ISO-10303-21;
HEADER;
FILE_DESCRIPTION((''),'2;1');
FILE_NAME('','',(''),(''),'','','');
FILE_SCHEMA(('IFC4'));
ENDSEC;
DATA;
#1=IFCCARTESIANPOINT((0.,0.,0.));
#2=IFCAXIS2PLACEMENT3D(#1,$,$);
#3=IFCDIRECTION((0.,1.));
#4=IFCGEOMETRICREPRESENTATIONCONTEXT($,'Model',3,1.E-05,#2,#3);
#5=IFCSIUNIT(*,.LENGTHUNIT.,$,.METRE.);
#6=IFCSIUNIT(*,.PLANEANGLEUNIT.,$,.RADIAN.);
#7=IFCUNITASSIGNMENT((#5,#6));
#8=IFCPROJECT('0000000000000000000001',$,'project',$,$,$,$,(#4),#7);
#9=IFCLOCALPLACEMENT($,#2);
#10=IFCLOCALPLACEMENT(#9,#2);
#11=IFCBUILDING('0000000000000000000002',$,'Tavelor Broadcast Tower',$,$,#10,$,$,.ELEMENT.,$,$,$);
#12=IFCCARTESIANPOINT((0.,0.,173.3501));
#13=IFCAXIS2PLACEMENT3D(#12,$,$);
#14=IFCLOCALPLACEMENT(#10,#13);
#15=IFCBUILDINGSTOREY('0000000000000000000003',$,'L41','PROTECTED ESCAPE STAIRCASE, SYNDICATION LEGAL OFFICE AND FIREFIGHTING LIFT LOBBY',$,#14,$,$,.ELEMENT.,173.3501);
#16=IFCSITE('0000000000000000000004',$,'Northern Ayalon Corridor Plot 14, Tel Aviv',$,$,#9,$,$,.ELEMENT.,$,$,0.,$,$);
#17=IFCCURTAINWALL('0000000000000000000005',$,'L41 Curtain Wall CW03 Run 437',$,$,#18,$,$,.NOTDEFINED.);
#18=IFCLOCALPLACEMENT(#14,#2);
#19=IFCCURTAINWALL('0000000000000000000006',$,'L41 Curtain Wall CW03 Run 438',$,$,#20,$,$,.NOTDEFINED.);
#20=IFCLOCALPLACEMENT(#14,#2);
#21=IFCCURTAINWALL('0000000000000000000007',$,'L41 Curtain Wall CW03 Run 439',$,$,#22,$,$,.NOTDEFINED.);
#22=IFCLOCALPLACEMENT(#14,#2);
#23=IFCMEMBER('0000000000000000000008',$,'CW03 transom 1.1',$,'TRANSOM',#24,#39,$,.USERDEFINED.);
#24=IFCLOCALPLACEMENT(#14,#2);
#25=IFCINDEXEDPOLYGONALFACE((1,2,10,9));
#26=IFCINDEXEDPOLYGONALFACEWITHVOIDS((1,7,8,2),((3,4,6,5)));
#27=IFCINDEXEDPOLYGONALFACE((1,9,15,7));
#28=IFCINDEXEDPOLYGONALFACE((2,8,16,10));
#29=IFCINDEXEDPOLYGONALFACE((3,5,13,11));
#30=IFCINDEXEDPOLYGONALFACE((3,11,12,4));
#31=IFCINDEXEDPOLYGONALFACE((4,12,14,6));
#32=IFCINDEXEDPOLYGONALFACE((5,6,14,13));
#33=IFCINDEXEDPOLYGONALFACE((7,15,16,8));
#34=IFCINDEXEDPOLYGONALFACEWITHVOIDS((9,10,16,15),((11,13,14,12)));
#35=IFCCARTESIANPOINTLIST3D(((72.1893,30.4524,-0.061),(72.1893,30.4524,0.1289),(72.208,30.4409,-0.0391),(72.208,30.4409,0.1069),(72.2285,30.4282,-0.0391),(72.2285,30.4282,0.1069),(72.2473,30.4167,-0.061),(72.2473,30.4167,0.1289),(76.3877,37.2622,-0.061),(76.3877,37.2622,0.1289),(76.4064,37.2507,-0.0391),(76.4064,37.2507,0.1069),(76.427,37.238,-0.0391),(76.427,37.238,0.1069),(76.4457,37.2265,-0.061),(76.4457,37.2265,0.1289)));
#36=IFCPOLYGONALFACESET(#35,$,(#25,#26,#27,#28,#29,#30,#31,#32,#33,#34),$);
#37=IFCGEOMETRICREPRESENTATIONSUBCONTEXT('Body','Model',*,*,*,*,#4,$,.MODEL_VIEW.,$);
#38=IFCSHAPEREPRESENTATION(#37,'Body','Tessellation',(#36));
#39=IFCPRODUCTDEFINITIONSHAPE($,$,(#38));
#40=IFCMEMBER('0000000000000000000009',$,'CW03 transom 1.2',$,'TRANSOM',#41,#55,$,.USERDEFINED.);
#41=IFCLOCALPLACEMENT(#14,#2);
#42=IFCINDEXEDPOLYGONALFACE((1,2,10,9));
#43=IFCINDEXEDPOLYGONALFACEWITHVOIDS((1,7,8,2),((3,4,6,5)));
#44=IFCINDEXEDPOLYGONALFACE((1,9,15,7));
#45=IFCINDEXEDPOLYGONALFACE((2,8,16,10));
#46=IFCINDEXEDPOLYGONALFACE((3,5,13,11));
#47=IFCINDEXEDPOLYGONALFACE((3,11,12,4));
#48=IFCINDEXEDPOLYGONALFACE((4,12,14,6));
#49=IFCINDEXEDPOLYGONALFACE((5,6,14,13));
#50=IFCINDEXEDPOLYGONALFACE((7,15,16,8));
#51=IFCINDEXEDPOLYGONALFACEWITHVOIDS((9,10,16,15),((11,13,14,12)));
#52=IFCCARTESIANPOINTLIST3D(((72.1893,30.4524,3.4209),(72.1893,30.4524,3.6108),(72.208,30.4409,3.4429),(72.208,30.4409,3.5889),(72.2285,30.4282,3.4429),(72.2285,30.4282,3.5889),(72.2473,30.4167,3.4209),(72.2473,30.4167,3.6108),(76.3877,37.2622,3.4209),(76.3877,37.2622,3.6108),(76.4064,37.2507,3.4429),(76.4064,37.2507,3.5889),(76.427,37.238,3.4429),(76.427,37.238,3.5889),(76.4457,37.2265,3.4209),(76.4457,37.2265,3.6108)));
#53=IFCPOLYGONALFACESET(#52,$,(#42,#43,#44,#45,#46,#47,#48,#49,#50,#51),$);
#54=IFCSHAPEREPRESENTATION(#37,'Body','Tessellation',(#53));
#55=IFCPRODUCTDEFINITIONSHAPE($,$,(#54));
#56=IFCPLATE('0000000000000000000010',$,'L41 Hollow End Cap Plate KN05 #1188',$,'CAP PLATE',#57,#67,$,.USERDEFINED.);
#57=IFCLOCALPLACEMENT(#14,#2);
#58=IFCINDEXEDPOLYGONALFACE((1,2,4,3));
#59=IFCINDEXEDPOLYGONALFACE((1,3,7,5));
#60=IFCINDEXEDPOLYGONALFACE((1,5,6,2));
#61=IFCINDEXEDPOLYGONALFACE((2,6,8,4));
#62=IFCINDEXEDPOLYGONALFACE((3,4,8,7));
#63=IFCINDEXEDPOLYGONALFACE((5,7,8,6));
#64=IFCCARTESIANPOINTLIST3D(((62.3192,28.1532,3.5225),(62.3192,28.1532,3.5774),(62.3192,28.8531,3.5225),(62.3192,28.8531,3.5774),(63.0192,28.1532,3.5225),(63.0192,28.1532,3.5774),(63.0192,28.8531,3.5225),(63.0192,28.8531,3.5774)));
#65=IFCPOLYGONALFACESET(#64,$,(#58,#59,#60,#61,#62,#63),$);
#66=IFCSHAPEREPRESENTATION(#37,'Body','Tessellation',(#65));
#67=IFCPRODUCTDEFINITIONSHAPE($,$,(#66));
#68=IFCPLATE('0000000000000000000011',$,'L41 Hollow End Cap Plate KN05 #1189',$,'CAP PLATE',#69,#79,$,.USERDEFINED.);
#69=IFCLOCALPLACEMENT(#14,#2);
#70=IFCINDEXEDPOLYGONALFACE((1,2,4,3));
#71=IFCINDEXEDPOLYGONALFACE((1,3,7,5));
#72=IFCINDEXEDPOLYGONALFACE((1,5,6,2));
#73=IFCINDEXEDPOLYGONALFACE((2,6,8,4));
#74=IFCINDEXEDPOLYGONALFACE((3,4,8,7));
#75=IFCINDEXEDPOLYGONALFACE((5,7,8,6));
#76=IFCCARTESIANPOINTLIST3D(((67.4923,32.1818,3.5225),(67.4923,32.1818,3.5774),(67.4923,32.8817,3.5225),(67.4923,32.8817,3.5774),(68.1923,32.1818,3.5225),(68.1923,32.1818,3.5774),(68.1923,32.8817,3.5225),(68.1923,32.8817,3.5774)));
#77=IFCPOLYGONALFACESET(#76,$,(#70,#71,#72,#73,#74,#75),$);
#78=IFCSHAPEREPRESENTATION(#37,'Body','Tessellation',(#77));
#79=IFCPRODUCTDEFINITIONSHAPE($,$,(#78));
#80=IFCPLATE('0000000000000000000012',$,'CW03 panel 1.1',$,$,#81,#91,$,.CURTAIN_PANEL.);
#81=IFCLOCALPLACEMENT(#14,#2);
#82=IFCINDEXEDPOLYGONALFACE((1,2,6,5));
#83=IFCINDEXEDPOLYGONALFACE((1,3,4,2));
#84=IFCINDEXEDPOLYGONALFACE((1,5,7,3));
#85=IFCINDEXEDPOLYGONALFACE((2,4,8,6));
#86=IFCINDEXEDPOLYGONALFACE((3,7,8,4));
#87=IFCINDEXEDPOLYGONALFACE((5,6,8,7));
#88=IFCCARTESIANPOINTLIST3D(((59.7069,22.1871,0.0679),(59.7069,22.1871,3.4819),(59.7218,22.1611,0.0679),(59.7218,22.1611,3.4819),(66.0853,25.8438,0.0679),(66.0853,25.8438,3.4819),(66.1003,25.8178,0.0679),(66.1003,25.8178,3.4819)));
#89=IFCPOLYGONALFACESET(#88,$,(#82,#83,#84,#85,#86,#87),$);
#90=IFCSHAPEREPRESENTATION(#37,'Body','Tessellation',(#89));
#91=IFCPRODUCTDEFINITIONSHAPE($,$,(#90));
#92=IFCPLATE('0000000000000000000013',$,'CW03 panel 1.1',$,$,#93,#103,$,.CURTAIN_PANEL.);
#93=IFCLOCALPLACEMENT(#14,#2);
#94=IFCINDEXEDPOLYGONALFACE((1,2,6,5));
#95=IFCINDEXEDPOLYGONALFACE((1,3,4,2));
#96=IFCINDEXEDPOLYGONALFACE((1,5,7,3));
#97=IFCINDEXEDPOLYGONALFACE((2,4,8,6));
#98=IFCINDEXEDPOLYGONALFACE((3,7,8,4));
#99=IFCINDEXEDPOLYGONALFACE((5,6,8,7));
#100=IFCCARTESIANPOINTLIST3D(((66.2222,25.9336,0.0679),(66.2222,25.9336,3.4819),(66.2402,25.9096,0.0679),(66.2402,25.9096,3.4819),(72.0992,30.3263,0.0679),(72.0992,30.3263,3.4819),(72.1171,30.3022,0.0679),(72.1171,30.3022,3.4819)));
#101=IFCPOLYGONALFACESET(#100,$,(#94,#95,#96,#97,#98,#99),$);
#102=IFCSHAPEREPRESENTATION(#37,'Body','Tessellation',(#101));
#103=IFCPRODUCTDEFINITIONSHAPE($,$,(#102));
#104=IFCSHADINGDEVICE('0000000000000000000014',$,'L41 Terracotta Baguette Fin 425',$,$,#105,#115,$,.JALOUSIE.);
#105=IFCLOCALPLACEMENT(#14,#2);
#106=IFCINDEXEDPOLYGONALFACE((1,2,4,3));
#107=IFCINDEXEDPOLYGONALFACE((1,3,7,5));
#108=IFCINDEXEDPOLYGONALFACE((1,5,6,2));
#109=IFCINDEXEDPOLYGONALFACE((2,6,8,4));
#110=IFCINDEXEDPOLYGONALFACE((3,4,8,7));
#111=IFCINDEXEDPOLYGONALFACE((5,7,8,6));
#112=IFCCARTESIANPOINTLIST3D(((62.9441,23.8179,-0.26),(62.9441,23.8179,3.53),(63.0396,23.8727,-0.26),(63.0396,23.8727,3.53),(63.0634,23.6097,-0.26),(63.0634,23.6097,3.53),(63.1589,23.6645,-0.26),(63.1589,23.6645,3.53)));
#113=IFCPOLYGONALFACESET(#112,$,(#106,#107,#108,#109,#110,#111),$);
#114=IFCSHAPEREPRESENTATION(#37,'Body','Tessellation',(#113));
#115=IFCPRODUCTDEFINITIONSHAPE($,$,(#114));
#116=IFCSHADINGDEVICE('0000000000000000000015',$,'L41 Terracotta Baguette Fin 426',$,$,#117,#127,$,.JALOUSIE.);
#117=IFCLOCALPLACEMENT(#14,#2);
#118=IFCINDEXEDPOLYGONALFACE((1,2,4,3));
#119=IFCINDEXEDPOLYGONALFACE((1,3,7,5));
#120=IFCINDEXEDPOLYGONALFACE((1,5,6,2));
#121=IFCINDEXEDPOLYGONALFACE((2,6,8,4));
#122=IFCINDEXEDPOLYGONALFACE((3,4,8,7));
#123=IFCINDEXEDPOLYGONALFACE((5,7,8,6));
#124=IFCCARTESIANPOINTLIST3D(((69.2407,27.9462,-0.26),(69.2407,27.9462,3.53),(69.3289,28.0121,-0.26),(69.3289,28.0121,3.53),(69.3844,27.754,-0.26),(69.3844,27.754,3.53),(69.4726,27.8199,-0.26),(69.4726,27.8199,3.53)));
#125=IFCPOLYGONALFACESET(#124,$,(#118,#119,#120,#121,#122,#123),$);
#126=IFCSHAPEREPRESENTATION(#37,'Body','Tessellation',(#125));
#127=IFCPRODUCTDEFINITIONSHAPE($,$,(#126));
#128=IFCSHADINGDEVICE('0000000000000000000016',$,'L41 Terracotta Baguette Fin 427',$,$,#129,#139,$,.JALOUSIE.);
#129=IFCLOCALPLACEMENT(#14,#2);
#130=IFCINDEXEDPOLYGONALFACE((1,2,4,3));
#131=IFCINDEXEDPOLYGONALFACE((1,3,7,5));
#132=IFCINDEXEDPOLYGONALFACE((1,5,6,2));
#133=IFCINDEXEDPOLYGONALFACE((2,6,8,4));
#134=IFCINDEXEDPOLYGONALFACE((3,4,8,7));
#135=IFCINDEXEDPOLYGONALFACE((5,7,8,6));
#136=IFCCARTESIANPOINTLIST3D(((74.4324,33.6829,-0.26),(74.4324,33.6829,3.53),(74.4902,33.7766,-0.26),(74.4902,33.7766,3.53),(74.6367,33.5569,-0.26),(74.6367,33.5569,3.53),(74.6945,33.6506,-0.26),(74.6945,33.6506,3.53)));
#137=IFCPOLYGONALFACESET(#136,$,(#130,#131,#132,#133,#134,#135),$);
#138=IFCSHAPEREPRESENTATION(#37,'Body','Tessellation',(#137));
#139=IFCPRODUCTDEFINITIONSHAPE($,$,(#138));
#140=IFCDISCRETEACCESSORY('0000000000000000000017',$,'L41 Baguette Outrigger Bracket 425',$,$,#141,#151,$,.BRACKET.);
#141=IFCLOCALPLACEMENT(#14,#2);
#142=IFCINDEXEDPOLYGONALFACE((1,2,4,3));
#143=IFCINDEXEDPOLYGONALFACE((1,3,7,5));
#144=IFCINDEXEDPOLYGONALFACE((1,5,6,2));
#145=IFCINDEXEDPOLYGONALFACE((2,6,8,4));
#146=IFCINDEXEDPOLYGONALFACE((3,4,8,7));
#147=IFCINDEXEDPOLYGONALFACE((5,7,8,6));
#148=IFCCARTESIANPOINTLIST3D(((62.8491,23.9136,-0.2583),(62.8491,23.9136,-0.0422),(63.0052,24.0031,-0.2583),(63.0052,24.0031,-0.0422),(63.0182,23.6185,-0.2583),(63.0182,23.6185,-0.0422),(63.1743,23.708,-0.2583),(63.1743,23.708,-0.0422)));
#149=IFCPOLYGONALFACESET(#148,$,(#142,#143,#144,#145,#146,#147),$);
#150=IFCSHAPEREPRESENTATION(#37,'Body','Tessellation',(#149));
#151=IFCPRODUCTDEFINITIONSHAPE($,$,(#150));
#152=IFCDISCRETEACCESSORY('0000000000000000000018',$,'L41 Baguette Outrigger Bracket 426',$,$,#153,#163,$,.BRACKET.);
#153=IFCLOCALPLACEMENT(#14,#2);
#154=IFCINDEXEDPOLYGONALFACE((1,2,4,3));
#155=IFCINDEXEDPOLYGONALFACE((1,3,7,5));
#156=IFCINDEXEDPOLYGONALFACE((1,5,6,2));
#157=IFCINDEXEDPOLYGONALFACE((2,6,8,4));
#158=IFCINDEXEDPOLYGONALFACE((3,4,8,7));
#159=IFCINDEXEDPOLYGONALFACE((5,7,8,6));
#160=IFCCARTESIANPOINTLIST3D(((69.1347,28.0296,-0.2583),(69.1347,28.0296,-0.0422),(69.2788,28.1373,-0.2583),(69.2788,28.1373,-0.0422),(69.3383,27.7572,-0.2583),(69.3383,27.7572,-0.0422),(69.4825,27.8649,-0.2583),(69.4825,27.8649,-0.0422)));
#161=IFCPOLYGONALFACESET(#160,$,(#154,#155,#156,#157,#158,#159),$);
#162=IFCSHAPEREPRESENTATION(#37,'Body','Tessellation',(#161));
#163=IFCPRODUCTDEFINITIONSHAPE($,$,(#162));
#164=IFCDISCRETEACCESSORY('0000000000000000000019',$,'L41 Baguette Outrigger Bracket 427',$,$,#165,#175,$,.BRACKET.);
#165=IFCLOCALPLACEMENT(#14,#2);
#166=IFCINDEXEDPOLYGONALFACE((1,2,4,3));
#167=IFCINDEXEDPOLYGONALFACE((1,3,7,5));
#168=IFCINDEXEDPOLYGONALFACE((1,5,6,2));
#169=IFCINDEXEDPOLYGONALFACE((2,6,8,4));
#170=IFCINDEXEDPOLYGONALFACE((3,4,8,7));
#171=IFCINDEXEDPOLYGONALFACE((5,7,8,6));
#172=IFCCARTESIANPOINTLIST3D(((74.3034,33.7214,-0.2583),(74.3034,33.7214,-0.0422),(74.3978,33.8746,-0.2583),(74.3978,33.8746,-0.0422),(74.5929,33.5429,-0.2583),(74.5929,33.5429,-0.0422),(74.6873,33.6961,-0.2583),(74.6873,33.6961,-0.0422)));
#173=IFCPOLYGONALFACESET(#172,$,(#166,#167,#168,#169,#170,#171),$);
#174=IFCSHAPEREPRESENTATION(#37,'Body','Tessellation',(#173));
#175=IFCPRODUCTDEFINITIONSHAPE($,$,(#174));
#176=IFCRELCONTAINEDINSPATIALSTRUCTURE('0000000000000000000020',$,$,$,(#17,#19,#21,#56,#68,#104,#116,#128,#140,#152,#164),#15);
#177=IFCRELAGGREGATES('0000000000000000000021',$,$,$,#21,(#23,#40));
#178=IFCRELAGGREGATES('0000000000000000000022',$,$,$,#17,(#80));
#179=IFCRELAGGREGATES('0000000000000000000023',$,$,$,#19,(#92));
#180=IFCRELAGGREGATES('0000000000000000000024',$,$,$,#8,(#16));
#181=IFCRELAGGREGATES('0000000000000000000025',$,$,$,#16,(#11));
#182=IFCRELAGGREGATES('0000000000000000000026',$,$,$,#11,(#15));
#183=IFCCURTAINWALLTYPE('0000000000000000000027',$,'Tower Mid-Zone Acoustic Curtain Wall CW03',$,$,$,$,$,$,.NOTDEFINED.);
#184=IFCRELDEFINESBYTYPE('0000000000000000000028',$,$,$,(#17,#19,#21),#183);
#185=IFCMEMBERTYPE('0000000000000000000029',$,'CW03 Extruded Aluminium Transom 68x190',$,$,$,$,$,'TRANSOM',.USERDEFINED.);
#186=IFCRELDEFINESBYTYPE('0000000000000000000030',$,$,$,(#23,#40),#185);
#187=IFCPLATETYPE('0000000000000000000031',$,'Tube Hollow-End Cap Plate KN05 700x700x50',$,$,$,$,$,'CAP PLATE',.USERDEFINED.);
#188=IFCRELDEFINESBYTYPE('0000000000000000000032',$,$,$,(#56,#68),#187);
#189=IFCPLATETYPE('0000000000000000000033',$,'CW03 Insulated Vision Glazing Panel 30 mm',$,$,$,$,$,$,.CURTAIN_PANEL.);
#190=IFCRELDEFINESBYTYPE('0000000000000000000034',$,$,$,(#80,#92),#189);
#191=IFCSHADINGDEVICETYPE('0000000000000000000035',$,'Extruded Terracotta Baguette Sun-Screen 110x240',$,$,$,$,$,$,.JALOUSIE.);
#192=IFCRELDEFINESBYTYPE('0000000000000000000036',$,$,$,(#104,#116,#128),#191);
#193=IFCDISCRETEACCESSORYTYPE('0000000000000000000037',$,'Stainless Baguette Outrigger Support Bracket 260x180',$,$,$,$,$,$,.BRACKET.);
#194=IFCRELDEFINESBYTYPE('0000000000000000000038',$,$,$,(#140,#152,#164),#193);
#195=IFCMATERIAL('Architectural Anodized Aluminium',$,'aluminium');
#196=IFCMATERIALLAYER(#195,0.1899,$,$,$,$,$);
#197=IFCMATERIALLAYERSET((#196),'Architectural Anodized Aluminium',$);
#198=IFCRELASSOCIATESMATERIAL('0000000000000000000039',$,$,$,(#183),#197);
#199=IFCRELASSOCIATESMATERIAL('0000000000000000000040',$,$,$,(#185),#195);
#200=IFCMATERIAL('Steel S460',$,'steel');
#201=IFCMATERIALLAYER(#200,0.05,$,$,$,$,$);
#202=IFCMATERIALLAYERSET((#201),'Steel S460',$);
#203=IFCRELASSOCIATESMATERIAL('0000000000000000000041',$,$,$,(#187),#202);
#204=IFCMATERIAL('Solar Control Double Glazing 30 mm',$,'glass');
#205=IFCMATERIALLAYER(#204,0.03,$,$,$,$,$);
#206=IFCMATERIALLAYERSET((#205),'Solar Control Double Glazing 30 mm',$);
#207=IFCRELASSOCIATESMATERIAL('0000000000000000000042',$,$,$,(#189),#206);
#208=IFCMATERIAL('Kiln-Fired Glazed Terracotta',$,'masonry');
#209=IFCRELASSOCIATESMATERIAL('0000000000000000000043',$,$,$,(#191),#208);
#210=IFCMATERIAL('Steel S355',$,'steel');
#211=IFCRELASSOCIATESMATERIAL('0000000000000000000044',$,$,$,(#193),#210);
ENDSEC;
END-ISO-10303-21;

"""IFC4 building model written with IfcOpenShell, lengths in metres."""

from ifc_helpers import new_model, si_unit, direction, frame, origin, origin_2d, place, context, subcontext, project, spatial, rectangle, hollow_rectangle, extrude, source, transform, mapped, material, layer, layer_set, material_profile, profile_set, type_object, type_shapes, element, aggregate, save


model = new_model("IFC4")

# Units and contexts
model_context = context("Model", 3, precision=1e-05, world=origin(), true_north=direction((0.0, 1.0)))
body_context = subcontext(model_context, "Body", "Model", "MODEL_VIEW")
ifc_project = project(units=[si_unit("LENGTHUNIT", "METRE"), si_unit("PLANEANGLEUNIT", "RADIAN")], contexts=[model_context])

# Site, building, storey
site_placement = place(None, origin())
site = spatial("IfcSite", under=ifc_project, at=site_placement, Name="Northern Ayalon Corridor Plot 14, Tel Aviv", CompositionType="ELEMENT", RefElevation=0.0)
building_placement = place(site_placement, origin())
building = spatial("IfcBuilding", under=site, at=building_placement, Name="Tavelor Broadcast Tower", CompositionType="ELEMENT")
storey_placement = place(building_placement, frame((0.0, 0.0, 173.3501)))
storey = spatial("IfcBuildingStorey", under=building, at=storey_placement, Name="L41", Description="PROTECTED ESCAPE STAIRCASE, SYNDICATION LEGAL OFFICE AND FIREFIGHTING LIFT LOBBY", CompositionType="ELEMENT", Elevation=173.3501)

# Shared definitions
ifc_material_1 = material(Name="Steel S460", Category="steel")

# Shared definitions
ifc_material_2 = material(Name="Steel S355", Category="steel")

# Curtain wall
ifc_material_3 = material(Name="Architectural Anodized Aluminium", Category="aluminium")
ifc_layer_1 = layer(ifc_material_3, 0.1899)
ifc_layer_set_1 = layer_set([ifc_layer_1], Name="Architectural Anodized Aluminium")
curtain_wall_type = type_object("IfcCurtainWallType", Name="Tower Mid-Zone Acoustic Curtain Wall CW03", PredefinedType="NOTDEFINED", material=ifc_layer_set_1)
curtain_wall_1_placement = place(storey_placement, origin())
curtain_wall_1 = element("IfcCurtainWall", 1, at=curtain_wall_1_placement, inside=storey, type_object=curtain_wall_type, Name="L41 Curtain Wall CW03 Run 437", PredefinedType="NOTDEFINED")

# Curtain wall
curtain_wall_2_placement = place(storey_placement, origin())
curtain_wall_2 = element("IfcCurtainWall", 2, at=curtain_wall_2_placement, inside=storey, type_object=curtain_wall_type, Name="L41 Curtain Wall CW03 Run 438", PredefinedType="NOTDEFINED")

# Curtain wall
curtain_wall_3_placement = place(storey_placement, origin())
curtain_wall_3 = element("IfcCurtainWall", 3, at=curtain_wall_3_placement, inside=storey, type_object=curtain_wall_type, Name="L41 Curtain Wall CW03 Run 439", PredefinedType="NOTDEFINED")

# Members
ifc_material_profile_1 = material_profile(ifc_material_3, hollow_rectangle(XDim=0.0681, YDim=0.1899, WallThickness=0.022, at=origin_2d()), Name="RHS 68x190x22")
ifc_profile_set_1 = profile_set([ifc_material_profile_1], Name="Architectural Anodized Aluminium")
member_type_1 = type_object("IfcMemberType", Name="CW03 Extruded Aluminium Transom 68x190", ElementType="TRANSOM", PredefinedType="USERDEFINED", material=ifc_profile_set_1)
shared_shape_1 = source(origin(), body_context, "Body", "SweptSolid", [
    extrude(hollow_rectangle(XDim=0.0681, YDim=0.1899, WallThickness=0.022, at=origin_2d()), origin(), (0.0, 0.0, 1.0), 8.0),
])
member_1_placement = place(storey_placement, frame((72.2183, 30.4346, 0.0339), z_axis=(0.524807, 0.851221, 0.0), x_axis=(-0.851221, 0.524807, 0.0)))
member_1 = element("IfcMember", 4, at=member_1_placement, type_object=member_type_1, Name="CW03 transom 1.1", ObjectType="TRANSOM", PredefinedType="USERDEFINED", context=body_context, shape_type="MappedRepresentation", body=[
    mapped(shared_shape_1, transform((0.0, 0.0, 0.0), scale=1.0)),
])
member_2_placement = place(storey_placement, frame((72.2183, 30.4346, 3.5159), z_axis=(0.524807, 0.851221, 0.0), x_axis=(-0.851221, 0.524807, 0.0)))
member_2 = element("IfcMember", 5, at=member_2_placement, type_object=member_type_1, Name="CW03 transom 1.2", ObjectType="TRANSOM", PredefinedType="USERDEFINED", context=body_context, shape_type="MappedRepresentation", body=[
    mapped(shared_shape_1, transform((0.0, 0.0, 0.0), scale=1.0)),
])
aggregate(curtain_wall_3, [member_1, member_2])

# Plates
ifc_layer_2 = layer(ifc_material_1, 0.05)
ifc_layer_set_2 = layer_set([ifc_layer_2], Name="Steel S460")
plate_type_1 = type_object("IfcPlateType", Name="Tube Hollow-End Cap Plate KN05 700x700x50", ElementType="CAP PLATE", PredefinedType="USERDEFINED", material=ifc_layer_set_2)
shared_shape_2 = source(origin(), body_context, "Body", "SweptSolid", [
    extrude(rectangle(XDim=0.7, YDim=0.7, at=origin_2d()), origin(), (0.0, 0.0, 1.0), 0.0549),
])
type_shapes(plate_type_1, [shared_shape_2])
for number, where, z_axis, x_axis, name in (
    (6, (62.6692, 28.5032, 3.5225), (0.0, 0.0, 1.0), (1.0, 0.0, 0.0), "L41 Hollow End Cap Plate KN05 #1188"),
    (7, (67.8423, 32.5317, 3.5225), (0.0, 0.0, 1.0), (1.0, 0.0, 0.0), "L41 Hollow End Cap Plate KN05 #1189"),
):
    element("IfcPlate", number, at=place(storey_placement, frame(where, z_axis=z_axis, x_axis=x_axis)), inside=storey, type_object=plate_type_1, Name=name, ObjectType="CAP PLATE", PredefinedType="USERDEFINED", context=body_context, shape_type="MappedRepresentation", body=[
        mapped(shared_shape_2, transform((0.0, 0.0, 0.0), scale=1.0)),
    ])

# Plates
ifc_material_4 = material(Name="Solar Control Double Glazing 30 mm", Category="glass")
ifc_layer_3 = layer(ifc_material_4, 0.03)
ifc_layer_set_3 = layer_set([ifc_layer_3], Name="Solar Control Double Glazing 30 mm")
plate_type_2 = type_object("IfcPlateType", Name="CW03 Insulated Vision Glazing Panel 30 mm", PredefinedType="CURTAIN_PANEL", material=ifc_layer_set_3)
shared_shape_3 = source(origin(), body_context, "Body", "SweptSolid", [
    extrude(rectangle(XDim=7.3523, YDim=0.03, at=origin_2d()), origin(), (0.0, 0.0, 1.0), 3.4141),
])
plate_1_placement = place(storey_placement, frame((62.9036, 24.0024, 0.0679), z_axis=(0.0, 0.0, 1.0), x_axis=(0.867548, 0.497354, 0.0)))
plate_1 = element("IfcPlate", 8, at=plate_1_placement, type_object=plate_type_2, Name="CW03 panel 1.1", PredefinedType="CURTAIN_PANEL", context=body_context, shape_type="MappedRepresentation", body=[
    mapped(shared_shape_3, transform((0.0, 0.0, 0.0), scale=1.0)),
])
aggregate(curtain_wall_1, [plate_1])
shared_shape_4 = source(origin(), body_context, "Body", "SweptSolid", [
    extrude(rectangle(XDim=7.3372, YDim=0.03, at=origin_2d()), origin(), (0.0, 0.0, 1.0), 3.4141),
])
type_shapes(plate_type_2, [shared_shape_3, shared_shape_4])
plate_2_placement = place(storey_placement, frame((69.1697, 28.1179, 0.0679), z_axis=(0.0, 0.0, 1.0), x_axis=(0.800983, 0.598687, 0.0)))
plate_2 = element("IfcPlate", 9, at=plate_2_placement, type_object=plate_type_2, Name="CW03 panel 1.1", PredefinedType="CURTAIN_PANEL", context=body_context, shape_type="MappedRepresentation", body=[
    mapped(shared_shape_4, transform((0.0, 0.0, 0.0), scale=1.0)),
])
aggregate(curtain_wall_2, [plate_2])

# Shading devices
ifc_material_5 = material(Name="Kiln-Fired Glazed Terracotta", Category="masonry")
shading_device_type = type_object("IfcShadingDeviceType", Name="Extruded Terracotta Baguette Sun-Screen 110x240", PredefinedType="JALOUSIE", material=ifc_material_5)
shared_shape_5 = source(origin(), body_context, "Body", "SweptSolid", [
    extrude(rectangle(XDim=0.1101, YDim=0.24, at=origin_2d()), origin(), (0.0, 0.0, 1.0), 3.79),
])
type_shapes(shading_device_type, [shared_shape_5])
for number, where, z_axis, x_axis, name in (
    (10, (63.0515, 23.7412, -0.26), (0.0, 0.0, 1.0), (0.867592, 0.497277, 0.0), "L41 Terracotta Baguette Fin 425"),
    (11, (69.3567, 27.8831, -0.26), (0.0, 0.0, 1.0), (0.80094, 0.598744, 0.0), "L41 Terracotta Baguette Fin 426"),
    (12, (74.5635, 33.6667, -0.26), (0.0, 0.0, 1.0), (0.524878, 0.851178, 0.0), "L41 Terracotta Baguette Fin 427"),
):
    element("IfcShadingDevice", number, at=place(storey_placement, frame(where, z_axis=z_axis, x_axis=x_axis)), inside=storey, type_object=shading_device_type, Name=name, PredefinedType="JALOUSIE", context=body_context, shape_type="MappedRepresentation", body=[
        mapped(shared_shape_5, transform((0.0, 0.0, 0.0), scale=1.0)),
    ])

# Discrete accessories
discrete_accessory_type = type_object("IfcDiscreteAccessoryType", Name="Stainless Baguette Outrigger Support Bracket 260x180", PredefinedType="BRACKET", material=ifc_material_2)
shared_shape_6 = source(origin(), body_context, "Body", "SweptSolid", [
    extrude(rectangle(XDim=0.1799, YDim=0.3401, at=origin_2d()), origin(), (0.0, 0.0, 1.0), 0.2161),
])
type_shapes(discrete_accessory_type, [shared_shape_6])
for number, where, z_axis, x_axis, name in (
    (13, (63.0117, 23.8108, -0.2583), (0.0, 0.0, 1.0), (0.867592, 0.497277, 0.0), "L41 Baguette Outrigger Bracket 425"),
    (14, (69.3086, 27.9473, -0.2583), (0.0, 0.0, 1.0), (0.80094, 0.598744, 0.0), "L41 Baguette Outrigger Bracket 426"),
    (15, (74.4954, 33.7087, -0.2583), (0.0, 0.0, 1.0), (0.524878, 0.851178, 0.0), "L41 Baguette Outrigger Bracket 427"),
):
    element("IfcDiscreteAccessory", number, at=place(storey_placement, frame(where, z_axis=z_axis, x_axis=x_axis)), inside=storey, type_object=discrete_accessory_type, Name=name, PredefinedType="BRACKET", context=body_context, shape_type="MappedRepresentation", body=[
        mapped(shared_shape_6, transform((0.0, 0.0, 0.0), scale=1.0)),
    ])

save(model, "model.ifc")
